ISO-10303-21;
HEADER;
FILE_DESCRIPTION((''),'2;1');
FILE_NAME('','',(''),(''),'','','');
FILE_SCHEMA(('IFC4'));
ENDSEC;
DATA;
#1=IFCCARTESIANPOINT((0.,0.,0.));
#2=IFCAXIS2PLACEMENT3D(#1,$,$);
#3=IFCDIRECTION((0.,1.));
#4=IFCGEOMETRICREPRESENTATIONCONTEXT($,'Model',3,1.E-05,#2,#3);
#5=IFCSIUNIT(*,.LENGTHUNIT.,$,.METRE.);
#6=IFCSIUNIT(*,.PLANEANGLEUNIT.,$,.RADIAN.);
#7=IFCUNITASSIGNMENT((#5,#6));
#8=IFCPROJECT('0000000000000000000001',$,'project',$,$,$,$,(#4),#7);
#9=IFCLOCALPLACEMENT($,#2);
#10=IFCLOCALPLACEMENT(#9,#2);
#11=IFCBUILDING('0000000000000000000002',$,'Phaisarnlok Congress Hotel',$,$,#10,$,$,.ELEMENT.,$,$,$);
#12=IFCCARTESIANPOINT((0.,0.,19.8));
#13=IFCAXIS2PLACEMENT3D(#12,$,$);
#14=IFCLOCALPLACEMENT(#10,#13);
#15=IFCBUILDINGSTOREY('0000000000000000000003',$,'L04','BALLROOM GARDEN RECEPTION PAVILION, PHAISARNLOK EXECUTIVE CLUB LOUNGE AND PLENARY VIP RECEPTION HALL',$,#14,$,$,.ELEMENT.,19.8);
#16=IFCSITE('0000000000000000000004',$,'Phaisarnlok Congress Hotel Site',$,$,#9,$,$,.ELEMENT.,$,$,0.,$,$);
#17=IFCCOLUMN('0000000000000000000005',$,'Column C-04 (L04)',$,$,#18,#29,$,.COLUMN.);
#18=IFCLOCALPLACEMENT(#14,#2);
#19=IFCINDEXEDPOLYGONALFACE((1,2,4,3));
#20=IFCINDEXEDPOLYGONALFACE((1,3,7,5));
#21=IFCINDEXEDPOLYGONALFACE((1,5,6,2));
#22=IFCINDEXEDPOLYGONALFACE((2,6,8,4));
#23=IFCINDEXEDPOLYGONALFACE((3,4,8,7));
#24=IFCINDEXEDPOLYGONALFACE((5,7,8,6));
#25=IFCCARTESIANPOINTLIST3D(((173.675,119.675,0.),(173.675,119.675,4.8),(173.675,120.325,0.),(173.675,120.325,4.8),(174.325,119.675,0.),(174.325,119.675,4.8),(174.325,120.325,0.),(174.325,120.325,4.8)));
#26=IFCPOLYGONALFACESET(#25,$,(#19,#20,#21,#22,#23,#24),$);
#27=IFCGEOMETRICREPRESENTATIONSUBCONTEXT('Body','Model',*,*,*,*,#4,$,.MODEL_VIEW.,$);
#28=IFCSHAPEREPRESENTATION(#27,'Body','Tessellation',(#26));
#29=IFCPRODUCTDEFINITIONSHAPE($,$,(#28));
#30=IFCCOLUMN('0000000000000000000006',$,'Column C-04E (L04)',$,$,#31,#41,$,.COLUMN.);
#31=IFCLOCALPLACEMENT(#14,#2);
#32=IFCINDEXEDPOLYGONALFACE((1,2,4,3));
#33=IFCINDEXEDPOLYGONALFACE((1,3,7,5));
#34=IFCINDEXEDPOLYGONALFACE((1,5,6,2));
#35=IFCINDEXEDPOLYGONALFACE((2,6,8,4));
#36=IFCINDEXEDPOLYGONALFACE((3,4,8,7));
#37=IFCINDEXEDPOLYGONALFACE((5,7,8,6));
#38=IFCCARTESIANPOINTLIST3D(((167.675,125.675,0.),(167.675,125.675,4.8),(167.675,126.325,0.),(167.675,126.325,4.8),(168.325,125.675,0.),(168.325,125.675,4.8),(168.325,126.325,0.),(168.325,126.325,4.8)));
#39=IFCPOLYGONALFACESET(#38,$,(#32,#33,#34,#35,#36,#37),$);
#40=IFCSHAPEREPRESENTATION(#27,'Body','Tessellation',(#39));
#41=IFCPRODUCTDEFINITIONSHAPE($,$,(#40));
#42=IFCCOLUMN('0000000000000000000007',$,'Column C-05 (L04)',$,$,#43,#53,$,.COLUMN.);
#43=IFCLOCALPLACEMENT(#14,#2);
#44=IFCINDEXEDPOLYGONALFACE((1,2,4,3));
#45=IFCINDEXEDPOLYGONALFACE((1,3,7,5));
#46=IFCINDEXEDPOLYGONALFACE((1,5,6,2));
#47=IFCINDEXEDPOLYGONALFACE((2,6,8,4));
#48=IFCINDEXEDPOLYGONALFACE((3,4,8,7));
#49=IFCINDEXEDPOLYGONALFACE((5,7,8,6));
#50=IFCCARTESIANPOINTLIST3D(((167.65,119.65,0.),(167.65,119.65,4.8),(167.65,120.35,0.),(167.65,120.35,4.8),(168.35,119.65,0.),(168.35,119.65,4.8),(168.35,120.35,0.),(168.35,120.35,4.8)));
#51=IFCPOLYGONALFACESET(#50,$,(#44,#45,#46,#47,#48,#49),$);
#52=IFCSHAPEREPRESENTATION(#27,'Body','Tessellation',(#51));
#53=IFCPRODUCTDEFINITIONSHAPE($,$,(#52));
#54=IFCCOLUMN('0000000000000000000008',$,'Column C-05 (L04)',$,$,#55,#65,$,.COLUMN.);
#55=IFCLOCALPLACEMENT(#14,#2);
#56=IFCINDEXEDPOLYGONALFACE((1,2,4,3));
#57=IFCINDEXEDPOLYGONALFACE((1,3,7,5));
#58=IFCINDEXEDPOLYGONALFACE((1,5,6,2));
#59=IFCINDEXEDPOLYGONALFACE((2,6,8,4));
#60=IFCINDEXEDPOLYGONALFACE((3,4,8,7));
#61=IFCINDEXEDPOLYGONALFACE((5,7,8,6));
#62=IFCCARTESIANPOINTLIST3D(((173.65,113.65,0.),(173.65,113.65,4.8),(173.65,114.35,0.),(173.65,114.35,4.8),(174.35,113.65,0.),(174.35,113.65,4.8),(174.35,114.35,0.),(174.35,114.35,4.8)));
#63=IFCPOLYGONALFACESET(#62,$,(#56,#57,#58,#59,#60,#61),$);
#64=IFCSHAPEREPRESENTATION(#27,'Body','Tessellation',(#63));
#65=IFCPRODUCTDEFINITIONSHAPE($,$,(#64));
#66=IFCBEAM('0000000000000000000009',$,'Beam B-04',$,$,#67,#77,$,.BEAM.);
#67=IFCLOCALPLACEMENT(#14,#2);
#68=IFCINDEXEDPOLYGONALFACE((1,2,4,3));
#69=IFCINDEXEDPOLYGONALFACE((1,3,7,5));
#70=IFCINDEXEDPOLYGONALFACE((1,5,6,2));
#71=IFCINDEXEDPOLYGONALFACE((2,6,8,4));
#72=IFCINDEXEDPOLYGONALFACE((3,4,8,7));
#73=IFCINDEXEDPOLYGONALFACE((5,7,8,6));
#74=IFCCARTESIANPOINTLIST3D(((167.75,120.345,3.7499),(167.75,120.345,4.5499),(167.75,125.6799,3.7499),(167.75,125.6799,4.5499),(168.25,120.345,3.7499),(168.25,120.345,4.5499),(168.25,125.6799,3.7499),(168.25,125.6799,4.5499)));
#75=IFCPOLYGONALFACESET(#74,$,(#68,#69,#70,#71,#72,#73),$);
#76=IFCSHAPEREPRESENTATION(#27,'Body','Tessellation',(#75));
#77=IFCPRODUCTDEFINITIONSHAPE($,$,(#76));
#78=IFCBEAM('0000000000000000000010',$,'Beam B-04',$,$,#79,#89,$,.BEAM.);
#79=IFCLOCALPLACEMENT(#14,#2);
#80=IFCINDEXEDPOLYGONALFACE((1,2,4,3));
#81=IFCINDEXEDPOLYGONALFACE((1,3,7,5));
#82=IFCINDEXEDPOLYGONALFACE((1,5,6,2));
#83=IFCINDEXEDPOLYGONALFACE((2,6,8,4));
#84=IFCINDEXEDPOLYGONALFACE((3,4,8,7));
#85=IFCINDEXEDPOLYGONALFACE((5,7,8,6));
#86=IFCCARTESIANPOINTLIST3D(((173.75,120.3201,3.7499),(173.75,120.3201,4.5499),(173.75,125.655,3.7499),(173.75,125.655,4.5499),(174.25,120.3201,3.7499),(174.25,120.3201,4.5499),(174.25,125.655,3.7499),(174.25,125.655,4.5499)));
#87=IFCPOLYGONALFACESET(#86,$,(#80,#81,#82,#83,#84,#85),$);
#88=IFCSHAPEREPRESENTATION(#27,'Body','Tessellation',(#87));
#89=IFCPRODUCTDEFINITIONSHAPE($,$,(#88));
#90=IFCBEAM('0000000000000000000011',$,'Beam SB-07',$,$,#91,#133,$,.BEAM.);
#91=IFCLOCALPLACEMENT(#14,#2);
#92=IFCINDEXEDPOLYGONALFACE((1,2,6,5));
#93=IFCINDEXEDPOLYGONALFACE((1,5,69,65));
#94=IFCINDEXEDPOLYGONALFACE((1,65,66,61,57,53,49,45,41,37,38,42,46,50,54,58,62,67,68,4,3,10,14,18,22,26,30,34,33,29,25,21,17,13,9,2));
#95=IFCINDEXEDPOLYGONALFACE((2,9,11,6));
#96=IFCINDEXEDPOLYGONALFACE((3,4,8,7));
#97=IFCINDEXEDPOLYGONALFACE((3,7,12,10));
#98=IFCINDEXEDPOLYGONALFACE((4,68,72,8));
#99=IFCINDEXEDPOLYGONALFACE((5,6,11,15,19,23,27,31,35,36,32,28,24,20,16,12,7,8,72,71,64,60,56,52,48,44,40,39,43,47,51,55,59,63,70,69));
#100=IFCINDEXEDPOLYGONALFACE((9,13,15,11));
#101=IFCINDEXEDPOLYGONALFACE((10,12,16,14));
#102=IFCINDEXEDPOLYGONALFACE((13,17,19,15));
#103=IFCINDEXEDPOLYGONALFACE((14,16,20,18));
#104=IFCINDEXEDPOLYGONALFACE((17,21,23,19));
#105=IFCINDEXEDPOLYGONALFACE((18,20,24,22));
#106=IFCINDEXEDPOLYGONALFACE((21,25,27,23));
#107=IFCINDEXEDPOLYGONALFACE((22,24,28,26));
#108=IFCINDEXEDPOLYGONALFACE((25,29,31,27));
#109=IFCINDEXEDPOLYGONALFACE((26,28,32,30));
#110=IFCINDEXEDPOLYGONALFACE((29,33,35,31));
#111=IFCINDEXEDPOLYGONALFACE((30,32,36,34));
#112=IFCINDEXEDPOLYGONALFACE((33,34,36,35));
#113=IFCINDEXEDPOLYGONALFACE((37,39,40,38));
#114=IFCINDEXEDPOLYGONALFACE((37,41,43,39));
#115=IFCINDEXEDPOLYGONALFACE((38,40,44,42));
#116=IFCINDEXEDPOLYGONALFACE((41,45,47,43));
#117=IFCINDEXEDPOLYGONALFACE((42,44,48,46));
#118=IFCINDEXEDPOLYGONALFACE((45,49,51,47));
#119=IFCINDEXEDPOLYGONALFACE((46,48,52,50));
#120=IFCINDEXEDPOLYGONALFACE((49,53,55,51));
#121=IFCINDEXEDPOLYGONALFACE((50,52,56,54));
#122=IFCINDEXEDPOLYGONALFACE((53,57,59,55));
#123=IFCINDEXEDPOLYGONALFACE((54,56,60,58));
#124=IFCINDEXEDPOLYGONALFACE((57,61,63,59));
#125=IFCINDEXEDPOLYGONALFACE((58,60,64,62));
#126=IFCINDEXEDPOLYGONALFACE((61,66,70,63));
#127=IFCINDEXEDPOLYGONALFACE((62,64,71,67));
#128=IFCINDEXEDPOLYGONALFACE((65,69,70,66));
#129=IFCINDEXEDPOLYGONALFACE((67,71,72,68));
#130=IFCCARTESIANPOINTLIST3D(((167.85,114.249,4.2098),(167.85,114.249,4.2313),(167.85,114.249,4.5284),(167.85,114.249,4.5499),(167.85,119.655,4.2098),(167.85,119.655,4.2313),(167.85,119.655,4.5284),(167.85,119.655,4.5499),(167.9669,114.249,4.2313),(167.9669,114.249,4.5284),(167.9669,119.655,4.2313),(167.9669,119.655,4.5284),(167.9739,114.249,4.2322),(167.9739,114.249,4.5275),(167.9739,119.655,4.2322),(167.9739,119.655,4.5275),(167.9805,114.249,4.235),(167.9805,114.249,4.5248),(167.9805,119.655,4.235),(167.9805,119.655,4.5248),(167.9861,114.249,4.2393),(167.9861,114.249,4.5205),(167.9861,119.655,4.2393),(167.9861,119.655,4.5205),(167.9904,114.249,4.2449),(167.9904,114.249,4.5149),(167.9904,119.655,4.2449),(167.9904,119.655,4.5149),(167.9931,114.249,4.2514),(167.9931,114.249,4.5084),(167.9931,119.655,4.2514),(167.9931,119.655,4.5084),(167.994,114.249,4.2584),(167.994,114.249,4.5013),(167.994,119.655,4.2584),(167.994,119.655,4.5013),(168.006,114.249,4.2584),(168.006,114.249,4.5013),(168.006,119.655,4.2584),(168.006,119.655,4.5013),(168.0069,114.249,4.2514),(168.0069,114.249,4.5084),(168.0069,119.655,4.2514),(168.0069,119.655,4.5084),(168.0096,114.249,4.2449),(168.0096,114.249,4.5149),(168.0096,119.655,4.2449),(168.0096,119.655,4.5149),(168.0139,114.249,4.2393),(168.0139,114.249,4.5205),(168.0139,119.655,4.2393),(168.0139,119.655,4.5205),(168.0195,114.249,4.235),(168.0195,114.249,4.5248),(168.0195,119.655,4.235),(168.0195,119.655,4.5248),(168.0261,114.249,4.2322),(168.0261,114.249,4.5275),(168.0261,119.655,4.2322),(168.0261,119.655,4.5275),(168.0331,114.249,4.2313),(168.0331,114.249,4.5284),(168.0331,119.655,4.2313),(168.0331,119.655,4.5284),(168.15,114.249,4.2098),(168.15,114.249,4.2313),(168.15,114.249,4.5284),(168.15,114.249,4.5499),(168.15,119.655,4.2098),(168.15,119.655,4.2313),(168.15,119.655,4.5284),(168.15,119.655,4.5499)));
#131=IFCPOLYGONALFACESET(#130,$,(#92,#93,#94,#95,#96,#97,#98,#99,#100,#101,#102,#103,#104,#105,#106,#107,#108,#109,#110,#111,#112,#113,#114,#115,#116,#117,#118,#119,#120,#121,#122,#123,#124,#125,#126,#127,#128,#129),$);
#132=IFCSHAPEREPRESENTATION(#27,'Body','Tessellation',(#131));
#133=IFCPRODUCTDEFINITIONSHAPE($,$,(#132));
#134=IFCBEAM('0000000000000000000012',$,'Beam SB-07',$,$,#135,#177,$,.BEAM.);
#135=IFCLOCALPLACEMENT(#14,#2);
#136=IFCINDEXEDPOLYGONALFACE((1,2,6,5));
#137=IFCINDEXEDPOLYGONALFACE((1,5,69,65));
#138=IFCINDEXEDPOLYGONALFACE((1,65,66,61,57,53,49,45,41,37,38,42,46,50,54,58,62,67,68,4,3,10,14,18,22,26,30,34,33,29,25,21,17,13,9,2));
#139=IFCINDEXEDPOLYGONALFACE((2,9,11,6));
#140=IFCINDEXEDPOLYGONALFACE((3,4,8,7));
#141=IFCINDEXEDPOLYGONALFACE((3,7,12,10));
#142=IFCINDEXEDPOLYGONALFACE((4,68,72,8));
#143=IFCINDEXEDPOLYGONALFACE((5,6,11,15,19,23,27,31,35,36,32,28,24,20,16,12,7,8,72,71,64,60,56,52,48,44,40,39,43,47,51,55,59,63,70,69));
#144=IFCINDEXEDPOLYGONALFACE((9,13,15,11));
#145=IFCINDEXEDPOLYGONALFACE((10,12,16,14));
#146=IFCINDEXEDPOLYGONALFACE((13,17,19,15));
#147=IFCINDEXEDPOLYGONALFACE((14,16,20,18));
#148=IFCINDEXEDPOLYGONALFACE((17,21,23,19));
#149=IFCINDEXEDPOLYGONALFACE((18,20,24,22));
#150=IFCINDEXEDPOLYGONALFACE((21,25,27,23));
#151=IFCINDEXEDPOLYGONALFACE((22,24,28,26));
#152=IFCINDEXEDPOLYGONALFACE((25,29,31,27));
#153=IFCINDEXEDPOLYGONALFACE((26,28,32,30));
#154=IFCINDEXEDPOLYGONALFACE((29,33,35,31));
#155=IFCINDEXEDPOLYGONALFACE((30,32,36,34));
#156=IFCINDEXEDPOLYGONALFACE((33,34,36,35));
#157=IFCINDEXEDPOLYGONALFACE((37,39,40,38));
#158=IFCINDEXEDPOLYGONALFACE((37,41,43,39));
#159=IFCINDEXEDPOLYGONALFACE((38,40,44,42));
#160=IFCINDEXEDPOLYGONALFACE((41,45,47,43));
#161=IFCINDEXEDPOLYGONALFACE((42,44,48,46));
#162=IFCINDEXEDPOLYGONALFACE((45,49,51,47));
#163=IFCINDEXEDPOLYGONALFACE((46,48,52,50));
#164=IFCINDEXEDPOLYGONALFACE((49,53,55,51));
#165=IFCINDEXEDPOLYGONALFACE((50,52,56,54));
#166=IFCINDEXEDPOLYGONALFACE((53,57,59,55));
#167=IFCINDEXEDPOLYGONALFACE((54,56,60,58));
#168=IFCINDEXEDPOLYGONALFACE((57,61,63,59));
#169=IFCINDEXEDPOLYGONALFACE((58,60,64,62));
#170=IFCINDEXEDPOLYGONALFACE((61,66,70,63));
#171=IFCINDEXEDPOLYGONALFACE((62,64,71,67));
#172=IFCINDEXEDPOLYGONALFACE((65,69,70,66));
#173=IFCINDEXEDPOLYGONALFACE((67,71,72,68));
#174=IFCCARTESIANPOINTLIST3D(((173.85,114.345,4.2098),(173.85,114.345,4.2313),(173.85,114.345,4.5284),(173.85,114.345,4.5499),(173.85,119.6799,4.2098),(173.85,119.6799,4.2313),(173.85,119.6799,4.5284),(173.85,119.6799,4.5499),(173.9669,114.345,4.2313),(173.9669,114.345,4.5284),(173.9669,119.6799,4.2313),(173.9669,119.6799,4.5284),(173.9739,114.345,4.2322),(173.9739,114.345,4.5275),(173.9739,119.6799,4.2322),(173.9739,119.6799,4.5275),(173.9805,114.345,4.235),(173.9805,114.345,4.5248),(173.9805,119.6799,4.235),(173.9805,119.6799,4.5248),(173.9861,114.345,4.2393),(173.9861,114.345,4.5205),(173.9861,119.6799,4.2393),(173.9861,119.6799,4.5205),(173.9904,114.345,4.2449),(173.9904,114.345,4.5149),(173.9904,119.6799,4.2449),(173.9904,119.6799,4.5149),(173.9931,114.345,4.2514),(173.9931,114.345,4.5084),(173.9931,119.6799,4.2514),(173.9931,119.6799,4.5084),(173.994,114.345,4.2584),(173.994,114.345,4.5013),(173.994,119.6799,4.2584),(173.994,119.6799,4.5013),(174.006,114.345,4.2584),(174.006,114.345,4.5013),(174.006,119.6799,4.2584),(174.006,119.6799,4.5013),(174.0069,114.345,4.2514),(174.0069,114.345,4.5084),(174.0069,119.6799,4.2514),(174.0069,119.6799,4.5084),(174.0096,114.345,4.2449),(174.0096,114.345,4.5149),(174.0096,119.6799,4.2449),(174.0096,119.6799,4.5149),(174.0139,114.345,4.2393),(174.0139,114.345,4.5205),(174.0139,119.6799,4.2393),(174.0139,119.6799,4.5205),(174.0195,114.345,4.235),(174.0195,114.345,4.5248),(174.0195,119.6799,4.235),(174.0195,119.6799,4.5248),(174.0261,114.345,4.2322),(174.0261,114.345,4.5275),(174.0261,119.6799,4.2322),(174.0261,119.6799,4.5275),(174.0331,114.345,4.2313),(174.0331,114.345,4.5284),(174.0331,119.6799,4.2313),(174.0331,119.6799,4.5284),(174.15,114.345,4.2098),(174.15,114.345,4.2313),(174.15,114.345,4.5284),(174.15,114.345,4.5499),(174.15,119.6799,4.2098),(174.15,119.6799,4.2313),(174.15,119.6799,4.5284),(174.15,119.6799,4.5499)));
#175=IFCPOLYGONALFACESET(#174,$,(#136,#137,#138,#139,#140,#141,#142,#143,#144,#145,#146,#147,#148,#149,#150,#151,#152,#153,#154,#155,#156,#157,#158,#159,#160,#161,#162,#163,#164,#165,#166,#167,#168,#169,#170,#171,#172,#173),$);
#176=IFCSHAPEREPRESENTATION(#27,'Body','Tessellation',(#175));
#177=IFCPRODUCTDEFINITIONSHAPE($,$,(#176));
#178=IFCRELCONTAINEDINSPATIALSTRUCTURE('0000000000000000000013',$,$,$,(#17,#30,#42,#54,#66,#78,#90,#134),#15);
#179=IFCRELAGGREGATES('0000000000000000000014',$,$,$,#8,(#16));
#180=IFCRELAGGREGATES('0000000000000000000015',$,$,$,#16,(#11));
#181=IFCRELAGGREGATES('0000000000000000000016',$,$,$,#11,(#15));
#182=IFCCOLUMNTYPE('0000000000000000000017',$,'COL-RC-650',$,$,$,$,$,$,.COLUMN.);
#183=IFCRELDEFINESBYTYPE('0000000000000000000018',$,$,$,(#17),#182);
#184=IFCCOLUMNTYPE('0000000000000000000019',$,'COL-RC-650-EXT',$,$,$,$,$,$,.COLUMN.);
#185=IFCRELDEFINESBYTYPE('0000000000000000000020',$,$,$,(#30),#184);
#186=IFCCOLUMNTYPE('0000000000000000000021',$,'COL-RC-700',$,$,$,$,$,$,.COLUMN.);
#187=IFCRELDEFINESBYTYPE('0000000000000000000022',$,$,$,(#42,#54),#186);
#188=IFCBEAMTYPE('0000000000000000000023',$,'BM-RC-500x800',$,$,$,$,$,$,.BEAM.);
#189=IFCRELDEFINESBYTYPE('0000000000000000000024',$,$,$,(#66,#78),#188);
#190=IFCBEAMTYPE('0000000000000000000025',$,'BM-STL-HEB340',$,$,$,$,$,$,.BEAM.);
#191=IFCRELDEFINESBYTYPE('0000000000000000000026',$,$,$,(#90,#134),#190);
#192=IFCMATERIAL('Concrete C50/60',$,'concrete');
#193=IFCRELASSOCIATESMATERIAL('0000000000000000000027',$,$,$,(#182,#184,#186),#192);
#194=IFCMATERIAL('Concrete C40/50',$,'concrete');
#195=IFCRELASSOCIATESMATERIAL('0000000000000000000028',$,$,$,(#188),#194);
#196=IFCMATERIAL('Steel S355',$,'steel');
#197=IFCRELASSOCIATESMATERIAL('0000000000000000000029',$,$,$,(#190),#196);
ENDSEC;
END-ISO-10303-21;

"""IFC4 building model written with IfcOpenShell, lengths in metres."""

from ifc_helpers import new_model, si_unit, direction, frame, origin, origin_2d, place, context, subcontext, project, spatial, rectangle, i_section, extrude, material, material_profile, profile_set, type_object, element, save


model = new_model("IFC4")

# Units and contexts
model_context = context("Model", 3, precision=1e-05, world=origin(), true_north=direction((0.0, 1.0)))
body_context = subcontext(model_context, "Body", "Model", "MODEL_VIEW")
ifc_project = project(units=[si_unit("LENGTHUNIT", "METRE"), si_unit("PLANEANGLEUNIT", "RADIAN")], contexts=[model_context])

# Site, building, storey
site_placement = place(None, origin())
site = spatial("IfcSite", under=ifc_project, at=site_placement, Name="Phaisarnlok Congress Hotel Site", CompositionType="ELEMENT", RefElevation=0.0)
building_placement = place(site_placement, origin())
building = spatial("IfcBuilding", under=site, at=building_placement, Name="Phaisarnlok Congress Hotel", CompositionType="ELEMENT")
storey_placement = place(building_placement, frame((0.0, 0.0, 19.8)))
storey = spatial("IfcBuildingStorey", under=building, at=storey_placement, Name="L04", Description="BALLROOM GARDEN RECEPTION PAVILION, PHAISARNLOK EXECUTIVE CLUB LOUNGE AND PLENARY VIP RECEPTION HALL", CompositionType="ELEMENT", Elevation=19.8)

# Columns
ifc_material_1 = material(Name="Concrete C50/60", Category="concrete")
ifc_material_profile_1 = material_profile(ifc_material_1, rectangle(XDim=0.6499, YDim=0.6499, at=origin_2d()), Name="RC 650x650")
ifc_profile_set_1 = profile_set([ifc_material_profile_1], Name="Concrete C50/60")
column_type_1 = type_object("IfcColumnType", Name="COL-RC-650", PredefinedType="COLUMN", material=ifc_profile_set_1)
column_1_placement = place(storey_placement, frame((174.0, 120.0, 0.0), z_axis=(0.0, 0.0, 1.0), x_axis=(1.0, 0.0, 0.0)))
element("IfcColumn", 1, at=column_1_placement, inside=storey, type_object=column_type_1, Name="Column C-04 (L04)", PredefinedType="COLUMN", context=body_context, shape_type="SweptSolid", body=[
    extrude(rectangle(XDim=0.6499, YDim=0.6499, at=origin_2d()), origin(), (0.0, 0.0, 1.0), 4.8),
])
ifc_material_profile_2 = material_profile(ifc_material_1, rectangle(XDim=0.6499, YDim=0.6499, at=origin_2d()), Name="RC 650x650")
ifc_profile_set_2 = profile_set([ifc_material_profile_2], Name="Concrete C50/60")
column_type_2 = type_object("IfcColumnType", Name="COL-RC-650-EXT", PredefinedType="COLUMN", material=ifc_profile_set_2)
column_2_placement = place(storey_placement, frame((168.0, 126.0, 0.0), z_axis=(0.0, 0.0, 1.0), x_axis=(1.0, 0.0, 0.0)))
element("IfcColumn", 2, at=column_2_placement, inside=storey, type_object=column_type_2, Name="Column C-04E (L04)", PredefinedType="COLUMN", context=body_context, shape_type="SweptSolid", body=[
    extrude(rectangle(XDim=0.6499, YDim=0.6499, at=origin_2d()), origin(), (0.0, 0.0, 1.0), 4.8),
])
ifc_material_profile_3 = material_profile(ifc_material_1, rectangle(XDim=0.7, YDim=0.7, at=origin_2d()), Name="RC 700x700")
ifc_profile_set_3 = profile_set([ifc_material_profile_3], Name="Concrete C50/60")
column_type_3 = type_object("IfcColumnType", Name="COL-RC-700", PredefinedType="COLUMN", material=ifc_profile_set_3)
for number, where, z_axis, x_axis, name in (
    (3, (168.0, 120.0, 0.0), (0.0, 0.0, 1.0), (1.0, 0.0, 0.0), "Column C-05 (L04)"),
    (4, (174.0, 114.0, 0.0), (0.0, 0.0, 1.0), (1.0, 0.0, 0.0), "Column C-05 (L04)"),
):
    element("IfcColumn", number, at=place(storey_placement, frame(where, z_axis=z_axis, x_axis=x_axis)), inside=storey, type_object=column_type_3, Name=name, PredefinedType="COLUMN", context=body_context, shape_type="SweptSolid", body=[
        extrude(rectangle(XDim=0.7, YDim=0.7, at=origin_2d()), origin(), (0.0, 0.0, 1.0), 4.8),
    ])

# Beams
ifc_material_2 = material(Name="Concrete C40/50", Category="concrete")
ifc_material_profile_4 = material_profile(ifc_material_2, rectangle(XDim=0.5, YDim=0.8, at=origin_2d()), Name="RC 500x800")
ifc_profile_set_4 = profile_set([ifc_material_profile_4], Name="Concrete C40/50")
beam_type_1 = type_object("IfcBeamType", Name="BM-RC-500x800", PredefinedType="BEAM", material=ifc_profile_set_4)
for number, where, z_axis, x_axis, name in (
    (5, (168.0, 120.345, 4.1499), (0.0, 1.0, 0.0), (-1.0, 0.0, 0.0), "Beam B-04"),
    (6, (174.0, 120.3201, 4.1499), (0.0, 1.0, 0.0), (-1.0, 0.0, 0.0), "Beam B-04"),
):
    element("IfcBeam", number, at=place(storey_placement, frame(where, z_axis=z_axis, x_axis=x_axis)), inside=storey, type_object=beam_type_1, Name=name, PredefinedType="BEAM", context=body_context, shape_type="SweptSolid", body=[
        extrude(rectangle(XDim=0.5, YDim=0.8, at=origin_2d()), origin(), (0.0, 0.0, 1.0), 5.335),
    ])
ifc_material_3 = material(Name="Steel S355", Category="steel")
ifc_material_profile_5 = material_profile(ifc_material_3, i_section(OverallWidth=0.3, OverallDepth=0.3401, WebThickness=0.012, FlangeThickness=0.0215, FilletRadius=0.0271, at=origin_2d()), Name="HEB 340")
ifc_profile_set_5 = profile_set([ifc_material_profile_5], Name="Steel S355")
beam_type_2 = type_object("IfcBeamType", Name="BM-STL-HEB340", PredefinedType="BEAM", material=ifc_profile_set_5)
beam_1_placement = place(storey_placement, frame((168.0, 114.249, 4.3799), z_axis=(0.0, 1.0, 0.0), x_axis=(-1.0, 0.0, 0.0)))
element("IfcBeam", 7, at=beam_1_placement, inside=storey, type_object=beam_type_2, Name="Beam SB-07", PredefinedType="BEAM", context=body_context, shape_type="SweptSolid", body=[
    extrude(i_section(OverallWidth=0.3, OverallDepth=0.3401, WebThickness=0.012, FlangeThickness=0.0215, FilletRadius=0.0271, at=origin_2d()), origin(), (0.0, 0.0, 1.0), 5.406),
])
beam_2_placement = place(storey_placement, frame((174.0, 114.345, 4.3799), z_axis=(0.0, 1.0, 0.0), x_axis=(-1.0, 0.0, 0.0)))
element("IfcBeam", 8, at=beam_2_placement, inside=storey, type_object=beam_type_2, Name="Beam SB-07", PredefinedType="BEAM", context=body_context, shape_type="SweptSolid", body=[
    extrude(i_section(OverallWidth=0.3, OverallDepth=0.3401, WebThickness=0.012, FlangeThickness=0.0215, FilletRadius=0.0271, at=origin_2d()), origin(), (0.0, 0.0, 1.0), 5.335),
])

save(model, "model.ifc")
